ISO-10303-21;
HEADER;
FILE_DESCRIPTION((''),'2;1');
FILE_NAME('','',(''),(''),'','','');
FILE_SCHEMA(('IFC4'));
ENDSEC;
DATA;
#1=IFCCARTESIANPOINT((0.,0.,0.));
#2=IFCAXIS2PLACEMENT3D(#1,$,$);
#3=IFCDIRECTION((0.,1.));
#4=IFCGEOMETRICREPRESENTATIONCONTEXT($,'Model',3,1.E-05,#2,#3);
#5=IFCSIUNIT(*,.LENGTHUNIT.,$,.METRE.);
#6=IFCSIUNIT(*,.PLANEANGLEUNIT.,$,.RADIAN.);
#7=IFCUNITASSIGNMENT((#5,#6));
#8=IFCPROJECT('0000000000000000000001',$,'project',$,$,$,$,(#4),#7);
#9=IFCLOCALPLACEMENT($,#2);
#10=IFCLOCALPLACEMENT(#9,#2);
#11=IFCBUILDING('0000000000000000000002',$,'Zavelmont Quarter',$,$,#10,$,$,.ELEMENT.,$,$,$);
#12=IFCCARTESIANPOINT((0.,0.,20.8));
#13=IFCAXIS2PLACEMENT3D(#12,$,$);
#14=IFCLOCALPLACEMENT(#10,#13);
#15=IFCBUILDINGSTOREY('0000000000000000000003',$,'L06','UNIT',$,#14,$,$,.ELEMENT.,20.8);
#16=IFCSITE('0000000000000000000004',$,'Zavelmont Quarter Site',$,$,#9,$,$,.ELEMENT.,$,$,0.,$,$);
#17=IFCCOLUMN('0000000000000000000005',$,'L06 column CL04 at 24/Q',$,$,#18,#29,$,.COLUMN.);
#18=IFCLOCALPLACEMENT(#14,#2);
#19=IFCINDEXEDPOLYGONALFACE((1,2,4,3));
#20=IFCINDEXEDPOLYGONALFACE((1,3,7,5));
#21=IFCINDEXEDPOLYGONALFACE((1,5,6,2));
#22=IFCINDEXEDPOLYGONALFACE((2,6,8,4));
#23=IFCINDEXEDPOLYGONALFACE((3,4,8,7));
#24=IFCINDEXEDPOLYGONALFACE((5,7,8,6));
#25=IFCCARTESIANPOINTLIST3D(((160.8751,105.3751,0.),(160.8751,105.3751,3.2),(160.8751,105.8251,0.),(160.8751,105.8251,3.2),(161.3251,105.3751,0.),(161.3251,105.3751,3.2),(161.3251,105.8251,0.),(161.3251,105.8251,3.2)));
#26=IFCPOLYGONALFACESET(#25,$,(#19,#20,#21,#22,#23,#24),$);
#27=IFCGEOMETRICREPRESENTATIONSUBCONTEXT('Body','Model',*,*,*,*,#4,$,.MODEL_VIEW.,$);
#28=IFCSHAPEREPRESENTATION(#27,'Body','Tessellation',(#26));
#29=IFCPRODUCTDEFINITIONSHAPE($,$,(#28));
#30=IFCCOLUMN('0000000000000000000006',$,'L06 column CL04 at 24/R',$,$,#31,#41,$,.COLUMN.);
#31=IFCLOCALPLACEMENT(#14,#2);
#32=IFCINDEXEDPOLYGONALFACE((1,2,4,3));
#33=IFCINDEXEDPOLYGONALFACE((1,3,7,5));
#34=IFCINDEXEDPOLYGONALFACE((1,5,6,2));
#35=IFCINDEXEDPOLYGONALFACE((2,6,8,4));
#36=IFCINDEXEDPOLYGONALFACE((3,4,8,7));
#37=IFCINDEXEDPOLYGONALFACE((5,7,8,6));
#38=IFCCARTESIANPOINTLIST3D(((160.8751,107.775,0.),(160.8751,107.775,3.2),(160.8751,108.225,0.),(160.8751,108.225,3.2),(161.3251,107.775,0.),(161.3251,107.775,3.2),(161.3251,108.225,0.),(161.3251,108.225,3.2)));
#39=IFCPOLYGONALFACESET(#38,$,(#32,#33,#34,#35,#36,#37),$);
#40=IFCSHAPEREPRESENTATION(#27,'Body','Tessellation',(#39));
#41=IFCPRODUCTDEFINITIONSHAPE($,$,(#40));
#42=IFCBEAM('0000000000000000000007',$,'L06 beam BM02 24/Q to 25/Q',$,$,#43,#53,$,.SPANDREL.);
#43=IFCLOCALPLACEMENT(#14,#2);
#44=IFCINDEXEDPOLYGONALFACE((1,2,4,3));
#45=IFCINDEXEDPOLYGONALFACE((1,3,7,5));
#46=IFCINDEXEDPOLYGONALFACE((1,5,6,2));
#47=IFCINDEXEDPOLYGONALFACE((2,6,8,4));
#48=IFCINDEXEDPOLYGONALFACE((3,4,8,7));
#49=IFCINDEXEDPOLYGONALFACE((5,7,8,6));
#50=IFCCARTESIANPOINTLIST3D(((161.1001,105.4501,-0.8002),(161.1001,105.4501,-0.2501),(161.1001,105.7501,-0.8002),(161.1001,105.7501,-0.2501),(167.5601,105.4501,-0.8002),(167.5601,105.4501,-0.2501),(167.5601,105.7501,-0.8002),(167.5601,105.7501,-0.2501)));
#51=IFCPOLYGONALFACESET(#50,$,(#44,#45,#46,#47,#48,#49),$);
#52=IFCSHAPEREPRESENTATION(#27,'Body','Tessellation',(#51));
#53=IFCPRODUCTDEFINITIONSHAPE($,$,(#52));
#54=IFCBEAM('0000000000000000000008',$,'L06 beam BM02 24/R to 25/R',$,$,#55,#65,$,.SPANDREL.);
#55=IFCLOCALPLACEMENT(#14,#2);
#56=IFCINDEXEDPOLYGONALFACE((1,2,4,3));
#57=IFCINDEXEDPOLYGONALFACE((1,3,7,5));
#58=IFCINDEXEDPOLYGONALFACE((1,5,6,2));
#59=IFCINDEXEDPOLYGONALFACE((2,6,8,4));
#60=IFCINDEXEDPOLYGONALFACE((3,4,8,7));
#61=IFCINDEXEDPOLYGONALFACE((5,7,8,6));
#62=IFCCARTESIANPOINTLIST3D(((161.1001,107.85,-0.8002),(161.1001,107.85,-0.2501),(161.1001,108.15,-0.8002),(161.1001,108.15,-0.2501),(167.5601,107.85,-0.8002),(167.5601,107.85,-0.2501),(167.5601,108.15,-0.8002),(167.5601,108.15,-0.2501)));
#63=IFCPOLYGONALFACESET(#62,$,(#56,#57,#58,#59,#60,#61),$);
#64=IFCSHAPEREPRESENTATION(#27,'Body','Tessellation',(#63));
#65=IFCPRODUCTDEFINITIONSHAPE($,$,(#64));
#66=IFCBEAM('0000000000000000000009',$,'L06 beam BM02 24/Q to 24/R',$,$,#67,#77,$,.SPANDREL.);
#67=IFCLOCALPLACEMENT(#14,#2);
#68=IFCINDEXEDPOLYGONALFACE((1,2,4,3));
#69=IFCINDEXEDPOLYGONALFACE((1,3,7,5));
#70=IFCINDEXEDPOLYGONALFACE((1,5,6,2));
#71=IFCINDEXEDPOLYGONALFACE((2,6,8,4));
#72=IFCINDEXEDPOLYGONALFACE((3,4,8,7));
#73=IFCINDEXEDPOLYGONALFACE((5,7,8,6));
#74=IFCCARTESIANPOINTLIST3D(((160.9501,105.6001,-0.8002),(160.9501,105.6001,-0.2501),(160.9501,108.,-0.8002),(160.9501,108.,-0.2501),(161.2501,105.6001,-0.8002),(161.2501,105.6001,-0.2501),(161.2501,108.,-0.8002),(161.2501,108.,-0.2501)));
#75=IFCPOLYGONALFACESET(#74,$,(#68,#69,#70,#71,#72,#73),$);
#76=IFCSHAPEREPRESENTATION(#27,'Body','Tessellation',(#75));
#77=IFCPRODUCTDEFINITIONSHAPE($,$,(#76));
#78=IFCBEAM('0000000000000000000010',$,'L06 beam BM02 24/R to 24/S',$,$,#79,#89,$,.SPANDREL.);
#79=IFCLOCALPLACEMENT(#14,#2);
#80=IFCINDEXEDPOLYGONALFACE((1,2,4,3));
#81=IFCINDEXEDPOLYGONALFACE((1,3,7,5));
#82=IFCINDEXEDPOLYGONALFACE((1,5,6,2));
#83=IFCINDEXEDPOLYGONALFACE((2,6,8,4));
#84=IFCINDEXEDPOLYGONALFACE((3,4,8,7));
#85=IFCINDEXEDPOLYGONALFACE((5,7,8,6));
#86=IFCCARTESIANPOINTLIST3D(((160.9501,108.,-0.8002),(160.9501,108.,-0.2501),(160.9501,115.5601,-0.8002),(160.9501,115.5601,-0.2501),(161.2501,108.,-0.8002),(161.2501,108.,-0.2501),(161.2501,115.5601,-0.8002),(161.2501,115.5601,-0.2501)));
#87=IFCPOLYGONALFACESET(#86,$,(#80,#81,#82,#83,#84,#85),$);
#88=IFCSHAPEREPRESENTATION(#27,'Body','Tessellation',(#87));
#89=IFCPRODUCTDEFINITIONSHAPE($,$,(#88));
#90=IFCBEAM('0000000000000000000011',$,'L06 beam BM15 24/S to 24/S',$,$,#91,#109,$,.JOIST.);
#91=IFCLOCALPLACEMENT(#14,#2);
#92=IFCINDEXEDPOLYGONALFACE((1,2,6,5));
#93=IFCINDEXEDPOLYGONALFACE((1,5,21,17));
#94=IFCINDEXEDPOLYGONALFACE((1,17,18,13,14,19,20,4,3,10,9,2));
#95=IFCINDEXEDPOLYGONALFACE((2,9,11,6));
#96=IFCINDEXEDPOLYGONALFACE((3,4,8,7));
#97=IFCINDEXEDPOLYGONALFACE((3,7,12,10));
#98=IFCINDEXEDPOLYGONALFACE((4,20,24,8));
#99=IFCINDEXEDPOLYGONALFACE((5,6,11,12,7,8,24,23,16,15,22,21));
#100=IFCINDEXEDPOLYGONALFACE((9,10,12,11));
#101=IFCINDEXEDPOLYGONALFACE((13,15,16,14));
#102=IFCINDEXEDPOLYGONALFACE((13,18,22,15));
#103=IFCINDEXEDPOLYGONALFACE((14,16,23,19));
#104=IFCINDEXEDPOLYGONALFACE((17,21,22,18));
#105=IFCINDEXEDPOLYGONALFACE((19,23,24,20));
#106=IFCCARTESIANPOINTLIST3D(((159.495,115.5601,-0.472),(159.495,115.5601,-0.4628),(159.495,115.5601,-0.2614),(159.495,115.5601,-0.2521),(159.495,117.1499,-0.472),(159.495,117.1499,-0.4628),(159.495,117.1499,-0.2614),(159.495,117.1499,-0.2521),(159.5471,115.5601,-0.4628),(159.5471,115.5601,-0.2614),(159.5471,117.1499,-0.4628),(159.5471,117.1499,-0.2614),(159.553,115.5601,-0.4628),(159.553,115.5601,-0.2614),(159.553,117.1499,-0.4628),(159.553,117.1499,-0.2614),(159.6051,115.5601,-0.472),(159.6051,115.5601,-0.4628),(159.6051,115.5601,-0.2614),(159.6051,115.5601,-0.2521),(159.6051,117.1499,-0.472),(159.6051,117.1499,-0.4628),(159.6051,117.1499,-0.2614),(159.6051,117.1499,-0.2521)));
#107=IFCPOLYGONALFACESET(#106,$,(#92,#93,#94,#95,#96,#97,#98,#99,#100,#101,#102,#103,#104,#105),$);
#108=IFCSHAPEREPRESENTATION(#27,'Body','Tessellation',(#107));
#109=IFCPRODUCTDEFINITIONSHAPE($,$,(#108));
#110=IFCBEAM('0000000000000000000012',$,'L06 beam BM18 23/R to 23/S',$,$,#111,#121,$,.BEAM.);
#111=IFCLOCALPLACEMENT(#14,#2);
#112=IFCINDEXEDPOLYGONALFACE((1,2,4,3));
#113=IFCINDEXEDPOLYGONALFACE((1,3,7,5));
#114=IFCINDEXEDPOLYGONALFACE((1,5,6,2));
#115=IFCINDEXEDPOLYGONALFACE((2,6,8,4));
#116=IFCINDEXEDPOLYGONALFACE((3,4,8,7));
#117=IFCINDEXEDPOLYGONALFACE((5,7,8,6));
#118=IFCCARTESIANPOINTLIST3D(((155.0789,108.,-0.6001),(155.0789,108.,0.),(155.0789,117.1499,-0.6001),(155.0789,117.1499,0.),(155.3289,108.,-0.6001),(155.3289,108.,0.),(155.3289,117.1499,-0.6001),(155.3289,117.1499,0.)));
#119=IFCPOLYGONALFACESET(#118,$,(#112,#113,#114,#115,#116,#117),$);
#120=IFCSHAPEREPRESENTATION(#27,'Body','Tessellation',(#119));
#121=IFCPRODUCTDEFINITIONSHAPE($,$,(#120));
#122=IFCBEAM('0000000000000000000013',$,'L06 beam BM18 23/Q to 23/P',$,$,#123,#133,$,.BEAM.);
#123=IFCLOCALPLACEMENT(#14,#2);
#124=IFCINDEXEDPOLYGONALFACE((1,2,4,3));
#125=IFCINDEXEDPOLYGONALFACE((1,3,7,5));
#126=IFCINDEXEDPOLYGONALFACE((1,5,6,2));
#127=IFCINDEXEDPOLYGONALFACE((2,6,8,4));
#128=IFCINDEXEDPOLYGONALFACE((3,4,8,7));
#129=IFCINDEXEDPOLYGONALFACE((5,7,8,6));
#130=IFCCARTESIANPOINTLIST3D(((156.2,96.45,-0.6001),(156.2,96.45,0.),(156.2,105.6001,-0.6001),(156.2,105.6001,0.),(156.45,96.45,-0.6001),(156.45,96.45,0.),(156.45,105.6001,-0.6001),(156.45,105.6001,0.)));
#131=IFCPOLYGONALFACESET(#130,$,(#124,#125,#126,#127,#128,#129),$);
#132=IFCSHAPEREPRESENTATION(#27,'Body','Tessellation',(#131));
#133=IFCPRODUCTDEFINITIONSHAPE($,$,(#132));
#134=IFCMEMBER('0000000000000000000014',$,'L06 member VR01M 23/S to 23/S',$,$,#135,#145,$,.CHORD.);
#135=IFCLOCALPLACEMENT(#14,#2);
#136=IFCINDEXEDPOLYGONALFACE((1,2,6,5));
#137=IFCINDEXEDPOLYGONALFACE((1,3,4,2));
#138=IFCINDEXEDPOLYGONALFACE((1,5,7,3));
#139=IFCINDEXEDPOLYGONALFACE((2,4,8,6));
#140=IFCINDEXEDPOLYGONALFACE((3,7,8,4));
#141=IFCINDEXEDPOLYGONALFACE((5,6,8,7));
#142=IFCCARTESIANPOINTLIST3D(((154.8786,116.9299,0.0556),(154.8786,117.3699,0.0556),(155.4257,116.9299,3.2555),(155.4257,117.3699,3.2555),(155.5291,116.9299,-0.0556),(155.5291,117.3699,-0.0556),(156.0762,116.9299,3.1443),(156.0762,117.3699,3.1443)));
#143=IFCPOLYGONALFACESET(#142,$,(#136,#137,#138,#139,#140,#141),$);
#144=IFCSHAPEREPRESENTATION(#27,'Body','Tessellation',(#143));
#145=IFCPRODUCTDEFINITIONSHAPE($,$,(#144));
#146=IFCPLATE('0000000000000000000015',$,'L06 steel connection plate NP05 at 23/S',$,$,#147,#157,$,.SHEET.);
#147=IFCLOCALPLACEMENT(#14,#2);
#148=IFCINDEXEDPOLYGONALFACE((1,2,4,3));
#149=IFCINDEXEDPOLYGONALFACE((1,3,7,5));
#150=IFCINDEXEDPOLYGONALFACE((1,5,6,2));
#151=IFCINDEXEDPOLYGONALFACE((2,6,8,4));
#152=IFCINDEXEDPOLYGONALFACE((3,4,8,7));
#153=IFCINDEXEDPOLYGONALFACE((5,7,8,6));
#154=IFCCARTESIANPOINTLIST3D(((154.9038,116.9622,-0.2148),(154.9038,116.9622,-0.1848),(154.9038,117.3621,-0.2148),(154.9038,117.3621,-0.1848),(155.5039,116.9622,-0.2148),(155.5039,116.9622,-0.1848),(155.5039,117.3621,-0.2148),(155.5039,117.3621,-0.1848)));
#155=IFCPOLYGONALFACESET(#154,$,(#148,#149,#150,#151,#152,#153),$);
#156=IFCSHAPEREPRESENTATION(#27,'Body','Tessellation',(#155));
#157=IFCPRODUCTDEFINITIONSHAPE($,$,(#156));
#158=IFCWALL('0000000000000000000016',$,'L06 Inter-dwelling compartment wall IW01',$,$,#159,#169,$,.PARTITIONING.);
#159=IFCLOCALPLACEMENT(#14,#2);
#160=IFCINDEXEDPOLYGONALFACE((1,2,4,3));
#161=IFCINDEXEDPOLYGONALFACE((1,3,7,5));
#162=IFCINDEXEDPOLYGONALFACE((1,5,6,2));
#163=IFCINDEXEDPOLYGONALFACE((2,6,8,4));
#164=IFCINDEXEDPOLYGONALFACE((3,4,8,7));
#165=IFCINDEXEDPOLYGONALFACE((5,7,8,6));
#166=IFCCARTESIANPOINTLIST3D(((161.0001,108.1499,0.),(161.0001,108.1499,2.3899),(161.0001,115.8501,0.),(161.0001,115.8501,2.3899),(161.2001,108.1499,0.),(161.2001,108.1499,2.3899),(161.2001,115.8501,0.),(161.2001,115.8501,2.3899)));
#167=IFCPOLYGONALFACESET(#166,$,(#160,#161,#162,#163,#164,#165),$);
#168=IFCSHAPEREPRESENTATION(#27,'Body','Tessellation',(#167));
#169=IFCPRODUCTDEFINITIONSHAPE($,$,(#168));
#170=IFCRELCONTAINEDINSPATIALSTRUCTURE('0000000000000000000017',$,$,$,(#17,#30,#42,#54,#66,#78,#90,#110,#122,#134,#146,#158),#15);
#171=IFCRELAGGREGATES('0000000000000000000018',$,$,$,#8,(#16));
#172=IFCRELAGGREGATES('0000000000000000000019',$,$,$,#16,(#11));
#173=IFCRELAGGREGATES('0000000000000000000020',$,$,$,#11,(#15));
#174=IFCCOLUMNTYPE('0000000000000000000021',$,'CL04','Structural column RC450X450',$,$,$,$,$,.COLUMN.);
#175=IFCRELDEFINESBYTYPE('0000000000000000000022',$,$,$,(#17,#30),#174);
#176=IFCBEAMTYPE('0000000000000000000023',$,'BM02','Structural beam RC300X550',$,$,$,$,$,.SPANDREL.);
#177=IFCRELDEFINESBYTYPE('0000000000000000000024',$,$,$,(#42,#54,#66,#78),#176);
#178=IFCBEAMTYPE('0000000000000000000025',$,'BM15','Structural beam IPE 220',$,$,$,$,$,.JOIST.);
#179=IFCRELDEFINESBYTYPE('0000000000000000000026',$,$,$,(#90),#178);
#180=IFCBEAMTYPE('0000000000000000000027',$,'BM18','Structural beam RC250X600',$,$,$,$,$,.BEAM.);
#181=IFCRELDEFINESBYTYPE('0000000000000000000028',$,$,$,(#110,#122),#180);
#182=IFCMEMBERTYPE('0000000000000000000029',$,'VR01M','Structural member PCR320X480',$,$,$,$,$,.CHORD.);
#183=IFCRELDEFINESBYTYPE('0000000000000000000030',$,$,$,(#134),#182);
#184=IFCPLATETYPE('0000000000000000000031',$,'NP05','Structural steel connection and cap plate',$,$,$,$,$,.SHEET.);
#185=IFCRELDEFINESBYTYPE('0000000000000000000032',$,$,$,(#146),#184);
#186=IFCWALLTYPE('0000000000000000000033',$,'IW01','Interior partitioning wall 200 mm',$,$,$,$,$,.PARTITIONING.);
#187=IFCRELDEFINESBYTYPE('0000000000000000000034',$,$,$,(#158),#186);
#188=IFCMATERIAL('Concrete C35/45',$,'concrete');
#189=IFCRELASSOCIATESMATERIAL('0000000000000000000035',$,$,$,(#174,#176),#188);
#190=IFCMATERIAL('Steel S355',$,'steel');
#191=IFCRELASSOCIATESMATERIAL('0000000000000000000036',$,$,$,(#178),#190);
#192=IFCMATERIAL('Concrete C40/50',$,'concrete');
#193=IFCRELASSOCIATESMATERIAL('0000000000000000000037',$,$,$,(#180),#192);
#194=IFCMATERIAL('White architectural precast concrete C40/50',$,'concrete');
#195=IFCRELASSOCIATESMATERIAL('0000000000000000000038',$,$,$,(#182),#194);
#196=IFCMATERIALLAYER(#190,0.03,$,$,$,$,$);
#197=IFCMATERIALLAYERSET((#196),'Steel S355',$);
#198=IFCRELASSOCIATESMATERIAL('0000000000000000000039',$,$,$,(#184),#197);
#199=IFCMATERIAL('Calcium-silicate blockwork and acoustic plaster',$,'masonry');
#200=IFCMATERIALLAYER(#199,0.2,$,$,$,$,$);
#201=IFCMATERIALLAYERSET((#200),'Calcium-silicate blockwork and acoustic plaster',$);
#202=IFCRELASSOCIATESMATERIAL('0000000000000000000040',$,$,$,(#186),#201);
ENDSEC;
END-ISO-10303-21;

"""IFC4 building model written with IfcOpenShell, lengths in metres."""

from ifc_helpers import new_model, si_unit, direction, frame, frame_2d, origin, origin_2d, place, context, subcontext, project, spatial, rectangle, i_section, extrude, material, layer, layer_set, material_profile, profile_set, type_object, element, save


model = new_model("IFC4")

# Units and contexts
model_context = context("Model", 3, precision=1e-05, world=origin(), true_north=direction((0.0, 1.0)))
body_context = subcontext(model_context, "Body", "Model", "MODEL_VIEW")
ifc_project = project(units=[si_unit("LENGTHUNIT", "METRE"), si_unit("PLANEANGLEUNIT", "RADIAN")], contexts=[model_context])

# Site, building, storey
site_placement = place(None, origin())
site = spatial("IfcSite", under=ifc_project, at=site_placement, Name="Zavelmont Quarter Site", CompositionType="ELEMENT", RefElevation=0.0)
building_placement = place(site_placement, origin())
building = spatial("IfcBuilding", under=site, at=building_placement, Name="Zavelmont Quarter", CompositionType="ELEMENT")
storey_placement = place(building_placement, frame((0.0, 0.0, 20.8)))
storey = spatial("IfcBuildingStorey", under=building, at=storey_placement, Name="L06", Description="UNIT", CompositionType="ELEMENT", Elevation=20.8)

# Columns
ifc_material_1 = material(Name="Concrete C35/45", Category="concrete")
ifc_material_profile_1 = material_profile(ifc_material_1, rectangle(XDim=0.45, YDim=0.45, at=origin_2d()), Name="RC450X450")
ifc_profile_set_1 = profile_set([ifc_material_profile_1], Name="Concrete C35/45")
column_type = type_object("IfcColumnType", Name="CL04", Description="Structural column RC450X450", PredefinedType="COLUMN", material=ifc_profile_set_1)
for number, where, z_axis, x_axis, name in (
    (1, (161.1001, 105.6001, 0.0), (0.0, 0.0, 1.0), (1.0, 0.0, 0.0), "L06 column CL04 at 24/Q"),
    (2, (161.1001, 108.0, 0.0), (0.0, 0.0, 1.0), (1.0, 0.0, 0.0), "L06 column CL04 at 24/R"),
):
    element("IfcColumn", number, at=place(storey_placement, frame(where, z_axis=z_axis, x_axis=x_axis)), inside=storey, type_object=column_type, Name=name, PredefinedType="COLUMN", context=body_context, shape_type="SweptSolid", body=[
        extrude(rectangle(XDim=0.45, YDim=0.45, at=origin_2d()), origin(), (0.0, 0.0, 1.0), 3.2),
    ])

# Beams
ifc_material_profile_2 = material_profile(ifc_material_1, rectangle(XDim=0.3, YDim=0.55, at=origin_2d()), Name="RC300X550")
ifc_profile_set_2 = profile_set([ifc_material_profile_2], Name="Concrete C35/45")
beam_type_1 = type_object("IfcBeamType", Name="BM02", Description="Structural beam RC300X550", PredefinedType="SPANDREL", material=ifc_profile_set_2)
for number, where, z_axis, x_axis, name in (
    (3, (161.1001, 105.6001, -0.5251), (1.0, 0.0, 0.0), (0.0, 1.0, 0.0), "L06 beam BM02 24/Q to 25/Q"),
    (4, (161.1001, 108.0, -0.5251), (1.0, 0.0, 0.0), (0.0, 1.0, 0.0), "L06 beam BM02 24/R to 25/R"),
):
    element("IfcBeam", number, at=place(storey_placement, frame(where, z_axis=z_axis, x_axis=x_axis)), inside=storey, type_object=beam_type_1, Name=name, PredefinedType="SPANDREL", context=body_context, shape_type="SweptSolid", body=[
        extrude(rectangle(XDim=0.3, YDim=0.55, at=origin_2d()), origin(), (0.0, 0.0, 1.0), 6.46),
    ])
beam_1_placement = place(storey_placement, frame((161.1001, 105.6001, -0.5251), z_axis=(0.0, 1.0, 0.0), x_axis=(-1.0, 0.0, 0.0)))
element("IfcBeam", 5, at=beam_1_placement, inside=storey, type_object=beam_type_1, Name="L06 beam BM02 24/Q to 24/R", PredefinedType="SPANDREL", context=body_context, shape_type="SweptSolid", body=[
    extrude(rectangle(XDim=0.3, YDim=0.55, at=origin_2d()), origin(), (0.0, 0.0, 1.0), 2.3999),
])
beam_2_placement = place(storey_placement, frame((161.1001, 108.0, -0.5251), z_axis=(0.0, 1.0, 0.0), x_axis=(-1.0, 0.0, 0.0)))
element("IfcBeam", 6, at=beam_2_placement, inside=storey, type_object=beam_type_1, Name="L06 beam BM02 24/R to 24/S", PredefinedType="SPANDREL", context=body_context, shape_type="SweptSolid", body=[
    extrude(rectangle(XDim=0.3, YDim=0.55, at=origin_2d()), origin(), (0.0, 0.0, 1.0), 7.5601),
])
ifc_material_2 = material(Name="Steel S355", Category="steel")
ifc_material_profile_3 = material_profile(ifc_material_2, i_section(OverallWidth=0.1101, OverallDepth=0.22, WebThickness=0.0059, FlangeThickness=0.0093, at=origin_2d()), Name="IPE 220")
ifc_profile_set_3 = profile_set([ifc_material_profile_3], Name="Steel S355")
beam_type_2 = type_object("IfcBeamType", Name="BM15", Description="Structural beam IPE 220", PredefinedType="JOIST", material=ifc_profile_set_3)
beam_3_placement = place(storey_placement, frame((159.55, 115.5601, -0.3621), z_axis=(0.0, 1.0, 0.0), x_axis=(-1.0, 0.0, 0.0)))
element("IfcBeam", 7, at=beam_3_placement, inside=storey, type_object=beam_type_2, Name="L06 beam BM15 24/S to 24/S", PredefinedType="JOIST", context=body_context, shape_type="SweptSolid", body=[
    extrude(i_section(OverallWidth=0.1101, OverallDepth=0.22, WebThickness=0.0059, FlangeThickness=0.0093, at=origin_2d()), origin(), (0.0, 0.0, 1.0), 1.5898),
])
ifc_material_3 = material(Name="Concrete C40/50", Category="concrete")
ifc_material_profile_4 = material_profile(ifc_material_3, rectangle(XDim=0.25, YDim=0.6001, at=origin_2d()), Name="RC250X600")
ifc_profile_set_4 = profile_set([ifc_material_profile_4], Name="Concrete C40/50")
beam_type_3 = type_object("IfcBeamType", Name="BM18", Description="Structural beam RC250X600", PredefinedType="BEAM", material=ifc_profile_set_4)
beam_4_placement = place(storey_placement, frame((155.2039, 108.0, -0.3), z_axis=(0.0, 1.0, 0.0), x_axis=(-1.0, 0.0, 0.0)))
element("IfcBeam", 8, at=beam_4_placement, inside=storey, type_object=beam_type_3, Name="L06 beam BM18 23/R to 23/S", PredefinedType="BEAM", context=body_context, shape_type="SweptSolid", body=[
    extrude(rectangle(XDim=0.25, YDim=0.6001, at=origin_2d()), origin(), (0.0, 0.0, 1.0), 9.1499),
])
beam_5_placement = place(storey_placement, frame((156.325, 105.6001, -0.3), z_axis=(0.0, -1.0, 0.0), x_axis=(1.0, 0.0, 0.0)))
element("IfcBeam", 9, at=beam_5_placement, inside=storey, type_object=beam_type_3, Name="L06 beam BM18 23/Q to 23/P", PredefinedType="BEAM", context=body_context, shape_type="SweptSolid", body=[
    extrude(rectangle(XDim=0.25, YDim=0.6001, at=origin_2d()), origin(), (0.0, 0.0, 1.0), 9.1501),
])

# Member
ifc_material_4 = material(Name="White architectural precast concrete C40/50", Category="concrete")
ifc_material_profile_5 = material_profile(ifc_material_4, rectangle(XDim=0.4399, YDim=0.6599, at=origin_2d()), Name="PCR320X480")
ifc_profile_set_5 = profile_set([ifc_material_profile_5], Name="White architectural precast concrete C40/50")
member_type = type_object("IfcMemberType", Name="VR01M", Description="Structural member PCR320X480", PredefinedType="CHORD", material=ifc_profile_set_5)
member_placement = place(storey_placement, frame((155.2039, 117.1499, 0.0), z_axis=(0.168532, 0.0, 0.985696), x_axis=(0.0, 1.0, 0.0)))
element("IfcMember", 10, at=member_placement, inside=storey, type_object=member_type, Name="L06 member VR01M 23/S to 23/S", PredefinedType="CHORD", context=body_context, shape_type="SweptSolid", body=[
    extrude(rectangle(XDim=0.4399, YDim=0.6599, at=origin_2d()), origin(), (0.0, 0.0, 1.0), 3.2463),
])

# Plate
ifc_layer_1 = layer(ifc_material_2, 0.03)
ifc_layer_set_1 = layer_set([ifc_layer_1], Name="Steel S355")
plate_type = type_object("IfcPlateType", Name="NP05", Description="Structural steel connection and cap plate", PredefinedType="SHEET", material=ifc_layer_set_1)
plate_placement = place(storey_placement, frame((155.2039, 117.1621, -0.2148), z_axis=(0.0, 0.0, 1.0), x_axis=(1.0, 0.0, 0.0)))
element("IfcPlate", 11, at=plate_placement, inside=storey, type_object=plate_type, Name="L06 steel connection plate NP05 at 23/S", PredefinedType="SHEET", context=body_context, shape_type="SweptSolid", body=[
    extrude(rectangle(XDim=0.6001, YDim=0.3999, at=origin_2d()), origin(), (0.0, 0.0, 1.0), 0.03),
])

# Wall
ifc_material_5 = material(Name="Calcium-silicate blockwork and acoustic plaster", Category="masonry")
ifc_layer_2 = layer(ifc_material_5, 0.2)
ifc_layer_set_2 = layer_set([ifc_layer_2], Name="Calcium-silicate blockwork and acoustic plaster")
wall_type_1 = type_object("IfcWallType", Name="IW01", Description="Interior partitioning wall 200 mm", PredefinedType="PARTITIONING", material=ifc_layer_set_2)
wall_1_placement = place(storey_placement, frame((161.1001, 108.1499, 0.0), z_axis=(0.0, 0.0, 1.0), x_axis=(0.0, 1.0, 0.0)))
element("IfcWall", 12, at=wall_1_placement, inside=storey, type_object=wall_type_1, Name="L06 Inter-dwelling compartment wall IW01", PredefinedType="PARTITIONING", context=body_context, shape_type="SweptSolid", body=[
    extrude(rectangle(XDim=7.7002, YDim=0.2, at=frame_2d((3.8501, 0.0))), origin(), (0.0, 0.0, 1.0), 2.3899),
])

save(model, "model.ifc")
